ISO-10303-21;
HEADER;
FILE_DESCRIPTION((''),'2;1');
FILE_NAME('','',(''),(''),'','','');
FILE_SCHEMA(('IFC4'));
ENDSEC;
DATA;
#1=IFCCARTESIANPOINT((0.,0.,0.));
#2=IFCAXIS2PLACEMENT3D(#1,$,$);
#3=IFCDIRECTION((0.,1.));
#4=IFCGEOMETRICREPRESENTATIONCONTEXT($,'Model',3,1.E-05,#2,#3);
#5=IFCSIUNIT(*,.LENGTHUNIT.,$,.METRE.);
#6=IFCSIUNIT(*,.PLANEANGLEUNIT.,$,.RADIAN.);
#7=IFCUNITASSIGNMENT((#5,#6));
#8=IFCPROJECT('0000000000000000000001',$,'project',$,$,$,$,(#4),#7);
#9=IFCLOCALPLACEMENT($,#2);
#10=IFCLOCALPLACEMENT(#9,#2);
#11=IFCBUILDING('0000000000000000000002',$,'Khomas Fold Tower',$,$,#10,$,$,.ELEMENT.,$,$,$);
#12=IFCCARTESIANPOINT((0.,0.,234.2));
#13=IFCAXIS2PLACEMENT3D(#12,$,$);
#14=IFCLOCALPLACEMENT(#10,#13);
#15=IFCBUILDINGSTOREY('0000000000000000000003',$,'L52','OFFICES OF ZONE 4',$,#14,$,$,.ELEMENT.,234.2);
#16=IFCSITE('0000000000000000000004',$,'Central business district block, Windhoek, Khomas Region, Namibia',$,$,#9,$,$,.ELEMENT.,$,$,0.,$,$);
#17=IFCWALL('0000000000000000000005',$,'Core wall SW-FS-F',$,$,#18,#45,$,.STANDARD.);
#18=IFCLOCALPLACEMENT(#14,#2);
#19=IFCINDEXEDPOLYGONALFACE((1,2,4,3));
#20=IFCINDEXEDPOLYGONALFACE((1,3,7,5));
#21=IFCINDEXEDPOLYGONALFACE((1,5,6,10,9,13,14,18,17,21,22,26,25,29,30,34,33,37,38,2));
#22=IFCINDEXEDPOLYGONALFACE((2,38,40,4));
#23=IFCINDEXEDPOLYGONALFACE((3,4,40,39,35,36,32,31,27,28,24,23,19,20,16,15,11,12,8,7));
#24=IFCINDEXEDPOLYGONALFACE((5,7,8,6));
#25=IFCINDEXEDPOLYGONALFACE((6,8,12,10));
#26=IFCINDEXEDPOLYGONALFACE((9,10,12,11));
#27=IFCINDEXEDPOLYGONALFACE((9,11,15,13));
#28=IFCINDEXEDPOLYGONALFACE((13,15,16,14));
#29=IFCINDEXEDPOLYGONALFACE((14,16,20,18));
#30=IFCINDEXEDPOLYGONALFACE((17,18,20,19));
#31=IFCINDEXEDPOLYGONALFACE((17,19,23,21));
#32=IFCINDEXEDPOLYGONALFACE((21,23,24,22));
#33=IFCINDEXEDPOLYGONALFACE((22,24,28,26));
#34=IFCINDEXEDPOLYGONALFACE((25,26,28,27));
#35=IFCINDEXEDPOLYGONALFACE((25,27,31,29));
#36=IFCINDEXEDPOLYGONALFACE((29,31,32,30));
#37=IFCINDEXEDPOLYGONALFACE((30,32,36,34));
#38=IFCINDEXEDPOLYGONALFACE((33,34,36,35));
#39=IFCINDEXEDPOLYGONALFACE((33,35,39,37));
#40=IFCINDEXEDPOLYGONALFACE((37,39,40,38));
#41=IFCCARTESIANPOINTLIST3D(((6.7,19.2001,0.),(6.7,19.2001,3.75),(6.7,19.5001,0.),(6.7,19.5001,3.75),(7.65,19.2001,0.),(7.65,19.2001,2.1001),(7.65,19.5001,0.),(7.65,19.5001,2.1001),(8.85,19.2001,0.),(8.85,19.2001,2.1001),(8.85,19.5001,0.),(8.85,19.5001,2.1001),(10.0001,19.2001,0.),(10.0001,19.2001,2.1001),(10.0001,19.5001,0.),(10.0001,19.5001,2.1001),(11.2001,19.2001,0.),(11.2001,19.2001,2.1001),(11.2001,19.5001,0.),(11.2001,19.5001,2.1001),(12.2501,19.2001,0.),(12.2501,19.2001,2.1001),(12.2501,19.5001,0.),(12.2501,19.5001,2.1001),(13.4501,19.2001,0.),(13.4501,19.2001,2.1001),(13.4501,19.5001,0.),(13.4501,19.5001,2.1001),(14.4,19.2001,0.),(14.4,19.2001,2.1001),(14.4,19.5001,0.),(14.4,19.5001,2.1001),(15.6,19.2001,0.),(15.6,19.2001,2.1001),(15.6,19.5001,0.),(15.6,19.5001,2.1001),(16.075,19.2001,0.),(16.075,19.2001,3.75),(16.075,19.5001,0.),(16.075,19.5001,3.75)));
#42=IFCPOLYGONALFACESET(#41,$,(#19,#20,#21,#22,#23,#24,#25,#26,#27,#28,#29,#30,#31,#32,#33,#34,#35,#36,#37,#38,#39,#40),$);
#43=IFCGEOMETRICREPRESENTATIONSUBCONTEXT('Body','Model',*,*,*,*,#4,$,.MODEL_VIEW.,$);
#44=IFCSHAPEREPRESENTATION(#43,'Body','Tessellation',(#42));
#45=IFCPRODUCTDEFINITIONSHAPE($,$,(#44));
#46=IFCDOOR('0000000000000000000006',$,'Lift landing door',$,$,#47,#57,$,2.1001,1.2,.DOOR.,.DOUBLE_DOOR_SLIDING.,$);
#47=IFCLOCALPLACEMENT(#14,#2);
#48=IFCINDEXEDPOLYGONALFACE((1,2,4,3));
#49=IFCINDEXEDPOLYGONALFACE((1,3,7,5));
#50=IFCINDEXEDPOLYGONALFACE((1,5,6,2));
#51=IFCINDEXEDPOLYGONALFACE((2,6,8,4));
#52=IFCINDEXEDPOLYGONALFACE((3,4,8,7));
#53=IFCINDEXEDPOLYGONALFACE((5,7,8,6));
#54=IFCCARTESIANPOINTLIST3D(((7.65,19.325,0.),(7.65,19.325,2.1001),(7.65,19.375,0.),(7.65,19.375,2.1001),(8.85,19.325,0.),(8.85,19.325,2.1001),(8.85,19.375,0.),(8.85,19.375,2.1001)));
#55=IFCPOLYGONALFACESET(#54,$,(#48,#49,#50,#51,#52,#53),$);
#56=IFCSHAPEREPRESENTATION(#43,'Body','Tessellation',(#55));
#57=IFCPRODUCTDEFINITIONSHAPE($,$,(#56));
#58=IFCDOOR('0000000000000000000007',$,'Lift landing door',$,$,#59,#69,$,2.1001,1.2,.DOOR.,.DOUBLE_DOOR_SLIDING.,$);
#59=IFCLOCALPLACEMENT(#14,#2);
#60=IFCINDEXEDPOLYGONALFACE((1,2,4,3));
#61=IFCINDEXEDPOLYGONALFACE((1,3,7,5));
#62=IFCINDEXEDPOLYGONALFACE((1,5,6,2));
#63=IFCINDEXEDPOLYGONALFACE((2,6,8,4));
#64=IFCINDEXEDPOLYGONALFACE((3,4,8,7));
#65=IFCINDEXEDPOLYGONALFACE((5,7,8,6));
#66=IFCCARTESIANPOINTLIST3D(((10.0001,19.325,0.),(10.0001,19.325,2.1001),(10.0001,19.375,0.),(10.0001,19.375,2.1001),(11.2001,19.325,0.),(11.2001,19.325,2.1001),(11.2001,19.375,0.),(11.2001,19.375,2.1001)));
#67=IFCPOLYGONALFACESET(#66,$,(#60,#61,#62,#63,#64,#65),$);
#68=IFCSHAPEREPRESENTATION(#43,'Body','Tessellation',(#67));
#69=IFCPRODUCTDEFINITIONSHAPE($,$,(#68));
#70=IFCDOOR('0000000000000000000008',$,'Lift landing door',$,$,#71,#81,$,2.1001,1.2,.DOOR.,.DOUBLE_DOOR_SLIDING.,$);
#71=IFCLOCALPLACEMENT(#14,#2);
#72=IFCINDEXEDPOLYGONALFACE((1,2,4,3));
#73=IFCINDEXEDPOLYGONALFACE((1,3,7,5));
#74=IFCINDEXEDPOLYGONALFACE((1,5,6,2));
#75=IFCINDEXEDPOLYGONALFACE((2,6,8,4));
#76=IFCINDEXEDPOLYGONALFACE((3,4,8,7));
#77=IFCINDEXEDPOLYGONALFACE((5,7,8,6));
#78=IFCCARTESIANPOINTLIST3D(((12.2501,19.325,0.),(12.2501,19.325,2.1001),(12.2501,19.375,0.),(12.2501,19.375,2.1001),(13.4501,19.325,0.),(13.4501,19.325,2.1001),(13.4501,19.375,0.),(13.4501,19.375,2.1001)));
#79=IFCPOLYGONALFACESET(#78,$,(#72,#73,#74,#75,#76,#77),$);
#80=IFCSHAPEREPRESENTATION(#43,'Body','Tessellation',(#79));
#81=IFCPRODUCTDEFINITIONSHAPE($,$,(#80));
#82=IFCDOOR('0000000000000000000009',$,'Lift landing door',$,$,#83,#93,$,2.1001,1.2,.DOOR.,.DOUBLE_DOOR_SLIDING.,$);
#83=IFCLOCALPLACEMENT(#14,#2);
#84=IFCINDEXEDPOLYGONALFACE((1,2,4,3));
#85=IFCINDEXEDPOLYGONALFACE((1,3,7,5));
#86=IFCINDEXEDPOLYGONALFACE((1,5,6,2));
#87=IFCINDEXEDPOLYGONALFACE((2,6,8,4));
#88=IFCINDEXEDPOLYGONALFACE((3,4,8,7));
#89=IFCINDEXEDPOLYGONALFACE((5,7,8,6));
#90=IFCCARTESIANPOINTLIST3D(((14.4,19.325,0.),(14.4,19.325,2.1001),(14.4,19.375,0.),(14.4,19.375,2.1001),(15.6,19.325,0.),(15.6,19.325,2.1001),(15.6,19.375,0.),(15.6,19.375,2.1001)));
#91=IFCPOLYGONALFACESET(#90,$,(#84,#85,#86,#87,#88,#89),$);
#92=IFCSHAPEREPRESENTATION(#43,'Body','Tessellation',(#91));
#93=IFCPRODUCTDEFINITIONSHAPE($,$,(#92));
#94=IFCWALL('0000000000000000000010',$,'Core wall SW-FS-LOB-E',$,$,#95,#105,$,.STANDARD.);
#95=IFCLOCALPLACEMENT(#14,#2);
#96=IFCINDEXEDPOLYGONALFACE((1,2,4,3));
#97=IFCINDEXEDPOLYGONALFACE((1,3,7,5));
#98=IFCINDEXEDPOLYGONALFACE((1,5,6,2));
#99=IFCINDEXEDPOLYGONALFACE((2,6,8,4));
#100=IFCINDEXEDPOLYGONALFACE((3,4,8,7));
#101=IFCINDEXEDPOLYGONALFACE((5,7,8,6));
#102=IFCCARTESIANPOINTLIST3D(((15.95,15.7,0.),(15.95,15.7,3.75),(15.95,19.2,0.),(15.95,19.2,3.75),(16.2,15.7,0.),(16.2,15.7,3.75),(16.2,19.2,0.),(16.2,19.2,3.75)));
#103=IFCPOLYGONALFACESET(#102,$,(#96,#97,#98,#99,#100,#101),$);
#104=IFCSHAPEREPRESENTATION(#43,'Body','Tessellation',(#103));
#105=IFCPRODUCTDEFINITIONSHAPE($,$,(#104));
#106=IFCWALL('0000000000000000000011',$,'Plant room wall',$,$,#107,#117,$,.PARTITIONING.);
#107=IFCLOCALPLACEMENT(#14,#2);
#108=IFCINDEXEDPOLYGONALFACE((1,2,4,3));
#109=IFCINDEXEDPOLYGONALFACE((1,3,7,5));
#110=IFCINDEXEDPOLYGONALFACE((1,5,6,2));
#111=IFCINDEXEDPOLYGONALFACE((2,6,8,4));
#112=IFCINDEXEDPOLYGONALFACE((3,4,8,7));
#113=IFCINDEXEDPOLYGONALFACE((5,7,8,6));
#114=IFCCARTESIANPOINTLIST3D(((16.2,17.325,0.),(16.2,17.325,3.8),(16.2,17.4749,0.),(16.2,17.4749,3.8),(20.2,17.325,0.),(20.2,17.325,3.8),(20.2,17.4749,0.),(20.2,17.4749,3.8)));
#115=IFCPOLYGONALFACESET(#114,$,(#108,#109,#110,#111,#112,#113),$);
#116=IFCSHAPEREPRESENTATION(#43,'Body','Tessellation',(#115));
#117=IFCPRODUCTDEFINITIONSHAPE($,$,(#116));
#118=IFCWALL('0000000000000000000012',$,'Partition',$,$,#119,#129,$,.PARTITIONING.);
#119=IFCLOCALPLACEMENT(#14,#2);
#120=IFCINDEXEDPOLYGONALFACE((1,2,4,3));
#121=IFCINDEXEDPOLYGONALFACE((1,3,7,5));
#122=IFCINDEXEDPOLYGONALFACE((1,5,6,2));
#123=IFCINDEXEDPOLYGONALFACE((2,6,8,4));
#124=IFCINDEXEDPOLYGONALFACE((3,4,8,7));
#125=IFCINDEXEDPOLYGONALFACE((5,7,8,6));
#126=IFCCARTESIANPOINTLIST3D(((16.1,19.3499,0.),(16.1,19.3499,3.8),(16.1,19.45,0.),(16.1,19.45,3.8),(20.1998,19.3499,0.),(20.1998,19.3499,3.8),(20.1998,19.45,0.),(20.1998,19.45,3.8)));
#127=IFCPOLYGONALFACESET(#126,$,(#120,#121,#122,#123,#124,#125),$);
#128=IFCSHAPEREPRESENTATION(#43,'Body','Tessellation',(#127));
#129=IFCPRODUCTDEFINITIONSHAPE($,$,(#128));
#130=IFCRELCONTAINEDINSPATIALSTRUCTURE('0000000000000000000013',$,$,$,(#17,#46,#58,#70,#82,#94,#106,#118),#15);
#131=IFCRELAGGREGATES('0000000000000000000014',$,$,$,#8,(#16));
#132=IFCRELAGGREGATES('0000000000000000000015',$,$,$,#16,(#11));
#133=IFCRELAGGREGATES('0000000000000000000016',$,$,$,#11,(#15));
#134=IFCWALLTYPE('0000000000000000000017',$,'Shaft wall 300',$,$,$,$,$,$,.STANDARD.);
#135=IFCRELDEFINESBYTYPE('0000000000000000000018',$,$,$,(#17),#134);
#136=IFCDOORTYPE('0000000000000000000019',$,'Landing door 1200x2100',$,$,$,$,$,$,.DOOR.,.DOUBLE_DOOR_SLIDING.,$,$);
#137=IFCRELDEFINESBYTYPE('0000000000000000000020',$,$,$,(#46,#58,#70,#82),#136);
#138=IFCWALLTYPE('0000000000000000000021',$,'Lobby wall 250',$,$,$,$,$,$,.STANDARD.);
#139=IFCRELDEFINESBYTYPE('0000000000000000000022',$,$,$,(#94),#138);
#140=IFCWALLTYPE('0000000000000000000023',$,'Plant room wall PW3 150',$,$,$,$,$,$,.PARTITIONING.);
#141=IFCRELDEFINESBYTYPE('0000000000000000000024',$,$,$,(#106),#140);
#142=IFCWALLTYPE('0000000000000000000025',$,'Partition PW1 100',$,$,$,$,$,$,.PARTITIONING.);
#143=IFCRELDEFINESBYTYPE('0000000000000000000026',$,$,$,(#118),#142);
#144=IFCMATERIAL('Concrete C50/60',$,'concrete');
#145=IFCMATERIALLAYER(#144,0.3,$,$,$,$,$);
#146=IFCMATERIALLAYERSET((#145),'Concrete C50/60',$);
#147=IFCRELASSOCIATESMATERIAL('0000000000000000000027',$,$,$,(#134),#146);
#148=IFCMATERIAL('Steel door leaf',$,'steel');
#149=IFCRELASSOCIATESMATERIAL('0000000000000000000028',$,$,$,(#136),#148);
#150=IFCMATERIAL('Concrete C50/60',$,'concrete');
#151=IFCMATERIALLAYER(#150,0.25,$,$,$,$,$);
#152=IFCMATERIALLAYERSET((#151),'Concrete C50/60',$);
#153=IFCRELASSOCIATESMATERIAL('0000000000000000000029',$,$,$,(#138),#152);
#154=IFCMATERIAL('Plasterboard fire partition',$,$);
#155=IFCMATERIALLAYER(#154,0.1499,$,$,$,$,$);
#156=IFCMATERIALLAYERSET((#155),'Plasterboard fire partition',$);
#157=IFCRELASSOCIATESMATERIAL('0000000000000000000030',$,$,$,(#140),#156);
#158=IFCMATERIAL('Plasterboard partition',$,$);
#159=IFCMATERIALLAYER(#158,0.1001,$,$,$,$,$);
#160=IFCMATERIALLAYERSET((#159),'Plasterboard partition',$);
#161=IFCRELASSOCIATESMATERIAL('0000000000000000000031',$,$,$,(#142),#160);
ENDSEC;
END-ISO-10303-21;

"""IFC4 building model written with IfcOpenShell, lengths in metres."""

from ifc_helpers import new_model, si_unit, direction, frame, frame_2d, origin, place, context, subcontext, project, spatial, rectangle, extrude, source, transform, mapped, material, layer, layer_set, type_object, element, fill, save


model = new_model("IFC4")

# Units and contexts
model_context = context("Model", 3, precision=1e-05, world=origin(), true_north=direction((0.0, 1.0)))
body_context = subcontext(model_context, "Body", "Model", "MODEL_VIEW")
ifc_project = project(units=[si_unit("LENGTHUNIT", "METRE"), si_unit("PLANEANGLEUNIT", "RADIAN")], contexts=[model_context])

# Site, building, storey
site_placement = place(None, origin())
site = spatial("IfcSite", under=ifc_project, at=site_placement, Name="Central business district block, Windhoek, Khomas Region, Namibia", CompositionType="ELEMENT", RefElevation=0.0)
building_placement = place(site_placement, origin())
building = spatial("IfcBuilding", under=site, at=building_placement, Name="Khomas Fold Tower", CompositionType="ELEMENT")
storey_placement = place(building_placement, frame((0.0, 0.0, 234.2)))
storey = spatial("IfcBuildingStorey", under=building, at=storey_placement, Name="L52", Description="OFFICES OF ZONE 4", CompositionType="ELEMENT", Elevation=234.2)

# Shared definitions
ifc_material_1 = material(Name="Concrete C50/60", Category="concrete")
ifc_layer_1 = layer(ifc_material_1, 0.3)
ifc_layer_set_1 = layer_set([ifc_layer_1], Name="Concrete C50/60")
wall_type_1 = type_object("IfcWallType", Name="Shaft wall 300", PredefinedType="STANDARD", material=ifc_layer_set_1)

# Wall, openings, doors
shared_shape_1 = source(origin(), body_context, "Body", "SweptSolid", [
    extrude(rectangle(XDim=1.2, YDim=2.1001, at=frame_2d((0.6001, 1.05))), frame((0.0, 0.1599, 0.0), z_axis=(0.0, -1.0, 0.0), x_axis=(1.0, 0.0, 0.0)), (0.0, 0.0, 1.0), 0.3201),
])
ifc_material_2 = material(Name="Steel door leaf", Category="steel")
door_type = type_object("IfcDoorType", Name="Landing door 1200x2100", OperationType="DOUBLE_DOOR_SLIDING", PredefinedType="DOOR", material=ifc_material_2)
shared_shape_2 = source(origin(), body_context, "Body", "SweptSolid", [
    extrude(rectangle(XDim=1.2, YDim=2.1001, at=frame_2d((0.6001, 1.05))), frame((0.0, 0.0249, 0.0), z_axis=(0.0, -1.0, 0.0), x_axis=(1.0, 0.0, 0.0)), (0.0, 0.0, 1.0), 0.05),
])
shared_shape_3 = source(origin(), body_context, "Body", "SweptSolid", [
    extrude(rectangle(XDim=9.375, YDim=0.3, at=frame_2d((4.6875, 0.0))), origin(), (0.0, 0.0, 1.0), 3.75),
])
wall_1_placement = place(storey_placement, frame((6.7, 19.3501, 0.0), z_axis=(0.0, 0.0, 1.0), x_axis=(1.0, 0.0, 0.0)))
wall_1 = element("IfcWall", 1, at=wall_1_placement, inside=storey, type_object=wall_type_1, Name="Core wall SW-FS-F", PredefinedType="STANDARD", context=body_context, shape_type="MappedRepresentation", body=[
    mapped(shared_shape_3, transform((0.0, 0.0, 0.0))),
])
opening_1_placement = place(wall_1_placement, frame((0.95, 0.0, 0.0)))
opening_1 = element("IfcOpeningElement", 2, at=opening_1_placement, cuts=wall_1, PredefinedType="OPENING", context=body_context, shape_type="MappedRepresentation", body=[
    mapped(shared_shape_1, transform((0.0, 0.0, 0.0))),
])
opening_2_placement = place(wall_1_placement, frame((3.3, 0.0, 0.0)))
opening_2 = element("IfcOpeningElement", 3, at=opening_2_placement, cuts=wall_1, PredefinedType="OPENING", context=body_context, shape_type="MappedRepresentation", body=[
    mapped(shared_shape_1, transform((0.0, 0.0, 0.0))),
])
opening_3_placement = place(wall_1_placement, frame((5.55, 0.0, 0.0)))
opening_3 = element("IfcOpeningElement", 4, at=opening_3_placement, cuts=wall_1, PredefinedType="OPENING", context=body_context, shape_type="MappedRepresentation", body=[
    mapped(shared_shape_1, transform((0.0, 0.0, 0.0))),
])
opening_4_placement = place(wall_1_placement, frame((7.7, 0.0, 0.0)))
opening_4 = element("IfcOpeningElement", 5, at=opening_4_placement, cuts=wall_1, PredefinedType="OPENING", context=body_context, shape_type="MappedRepresentation", body=[
    mapped(shared_shape_1, transform((0.0, 0.0, 0.0))),
])
door_1_placement = place(opening_1_placement, origin())
door_1 = element("IfcDoor", 6, at=door_1_placement, inside=storey, type_object=door_type, Name="Lift landing door", OperationType="DOUBLE_DOOR_SLIDING", OverallHeight=2.1001, OverallWidth=1.2, PredefinedType="DOOR", context=body_context, shape_type="MappedRepresentation", body=[
    mapped(shared_shape_2, transform((0.0, 0.0, 0.0))),
])
fill(opening_1, door_1)
door_2_placement = place(opening_2_placement, origin())
door_2 = element("IfcDoor", 7, at=door_2_placement, inside=storey, type_object=door_type, Name="Lift landing door", OperationType="DOUBLE_DOOR_SLIDING", OverallHeight=2.1001, OverallWidth=1.2, PredefinedType="DOOR", context=body_context, shape_type="MappedRepresentation", body=[
    mapped(shared_shape_2, transform((0.0, 0.0, 0.0))),
])
fill(opening_2, door_2)
door_3_placement = place(opening_3_placement, origin())
door_3 = element("IfcDoor", 8, at=door_3_placement, inside=storey, type_object=door_type, Name="Lift landing door", OperationType="DOUBLE_DOOR_SLIDING", OverallHeight=2.1001, OverallWidth=1.2, PredefinedType="DOOR", context=body_context, shape_type="MappedRepresentation", body=[
    mapped(shared_shape_2, transform((0.0, 0.0, 0.0))),
])
fill(opening_3, door_3)
door_4_placement = place(opening_4_placement, origin())
door_4 = element("IfcDoor", 9, at=door_4_placement, inside=storey, type_object=door_type, Name="Lift landing door", OperationType="DOUBLE_DOOR_SLIDING", OverallHeight=2.1001, OverallWidth=1.2, PredefinedType="DOOR", context=body_context, shape_type="MappedRepresentation", body=[
    mapped(shared_shape_2, transform((0.0, 0.0, 0.0))),
])
fill(opening_4, door_4)

# Walls
ifc_material_3 = material(Name="Concrete C50/60", Category="concrete")
ifc_layer_2 = layer(ifc_material_3, 0.25)
ifc_layer_set_2 = layer_set([ifc_layer_2], Name="Concrete C50/60")
wall_type_2 = type_object("IfcWallType", Name="Lobby wall 250", PredefinedType="STANDARD", material=ifc_layer_set_2)
shared_shape_4 = source(origin(), body_context, "Body", "SweptSolid", [
    extrude(rectangle(XDim=3.5, YDim=0.25, at=frame_2d((1.75, 0.0))), origin(), (0.0, 0.0, 1.0), 3.75),
])
wall_2_placement = place(storey_placement, frame((16.075, 15.7, 0.0), z_axis=(0.0, 0.0, 1.0), x_axis=(0.0, 1.0, 0.0)))
element("IfcWall", 10, at=wall_2_placement, inside=storey, type_object=wall_type_2, Name="Core wall SW-FS-LOB-E", PredefinedType="STANDARD", context=body_context, shape_type="MappedRepresentation", body=[
    mapped(shared_shape_4, transform((0.0, 0.0, 0.0))),
])
ifc_material_4 = material(Name="Plasterboard fire partition")
ifc_layer_3 = layer(ifc_material_4, 0.1499)
ifc_layer_set_3 = layer_set([ifc_layer_3], Name="Plasterboard fire partition")
wall_type_3 = type_object("IfcWallType", Name="Plant room wall PW3 150", PredefinedType="PARTITIONING", material=ifc_layer_set_3)
shared_shape_5 = source(origin(), body_context, "Body", "SweptSolid", [
    extrude(rectangle(XDim=4.0, YDim=0.1499, at=frame_2d((2.0, 0.0))), origin(), (0.0, 0.0, 1.0), 3.8),
])
wall_3_placement = place(storey_placement, frame((16.2, 17.3999, 0.0), z_axis=(0.0, 0.0, 1.0), x_axis=(1.0, 0.0, 0.0)))
element("IfcWall", 11, at=wall_3_placement, inside=storey, type_object=wall_type_3, Name="Plant room wall", PredefinedType="PARTITIONING", context=body_context, shape_type="MappedRepresentation", body=[
    mapped(shared_shape_5, transform((0.0, 0.0, 0.0))),
])
ifc_material_5 = material(Name="Plasterboard partition")
ifc_layer_4 = layer(ifc_material_5, 0.1001)
ifc_layer_set_4 = layer_set([ifc_layer_4], Name="Plasterboard partition")
wall_type_4 = type_object("IfcWallType", Name="Partition PW1 100", PredefinedType="PARTITIONING", material=ifc_layer_set_4)
shared_shape_6 = source(origin(), body_context, "Body", "SweptSolid", [
    extrude(rectangle(XDim=4.0999, YDim=0.1001, at=frame_2d((2.0498, 0.0))), origin(), (0.0, 0.0, 1.0), 3.8),
])
wall_4_placement = place(storey_placement, frame((16.1001, 19.3999, 0.0), z_axis=(0.0, 0.0, 1.0), x_axis=(1.0, 0.0, 0.0)))
element("IfcWall", 12, at=wall_4_placement, inside=storey, type_object=wall_type_4, Name="Partition", PredefinedType="PARTITIONING", context=body_context, shape_type="MappedRepresentation", body=[
    mapped(shared_shape_6, transform((0.0, 0.0, 0.0))),
])

save(model, "model.ifc")
